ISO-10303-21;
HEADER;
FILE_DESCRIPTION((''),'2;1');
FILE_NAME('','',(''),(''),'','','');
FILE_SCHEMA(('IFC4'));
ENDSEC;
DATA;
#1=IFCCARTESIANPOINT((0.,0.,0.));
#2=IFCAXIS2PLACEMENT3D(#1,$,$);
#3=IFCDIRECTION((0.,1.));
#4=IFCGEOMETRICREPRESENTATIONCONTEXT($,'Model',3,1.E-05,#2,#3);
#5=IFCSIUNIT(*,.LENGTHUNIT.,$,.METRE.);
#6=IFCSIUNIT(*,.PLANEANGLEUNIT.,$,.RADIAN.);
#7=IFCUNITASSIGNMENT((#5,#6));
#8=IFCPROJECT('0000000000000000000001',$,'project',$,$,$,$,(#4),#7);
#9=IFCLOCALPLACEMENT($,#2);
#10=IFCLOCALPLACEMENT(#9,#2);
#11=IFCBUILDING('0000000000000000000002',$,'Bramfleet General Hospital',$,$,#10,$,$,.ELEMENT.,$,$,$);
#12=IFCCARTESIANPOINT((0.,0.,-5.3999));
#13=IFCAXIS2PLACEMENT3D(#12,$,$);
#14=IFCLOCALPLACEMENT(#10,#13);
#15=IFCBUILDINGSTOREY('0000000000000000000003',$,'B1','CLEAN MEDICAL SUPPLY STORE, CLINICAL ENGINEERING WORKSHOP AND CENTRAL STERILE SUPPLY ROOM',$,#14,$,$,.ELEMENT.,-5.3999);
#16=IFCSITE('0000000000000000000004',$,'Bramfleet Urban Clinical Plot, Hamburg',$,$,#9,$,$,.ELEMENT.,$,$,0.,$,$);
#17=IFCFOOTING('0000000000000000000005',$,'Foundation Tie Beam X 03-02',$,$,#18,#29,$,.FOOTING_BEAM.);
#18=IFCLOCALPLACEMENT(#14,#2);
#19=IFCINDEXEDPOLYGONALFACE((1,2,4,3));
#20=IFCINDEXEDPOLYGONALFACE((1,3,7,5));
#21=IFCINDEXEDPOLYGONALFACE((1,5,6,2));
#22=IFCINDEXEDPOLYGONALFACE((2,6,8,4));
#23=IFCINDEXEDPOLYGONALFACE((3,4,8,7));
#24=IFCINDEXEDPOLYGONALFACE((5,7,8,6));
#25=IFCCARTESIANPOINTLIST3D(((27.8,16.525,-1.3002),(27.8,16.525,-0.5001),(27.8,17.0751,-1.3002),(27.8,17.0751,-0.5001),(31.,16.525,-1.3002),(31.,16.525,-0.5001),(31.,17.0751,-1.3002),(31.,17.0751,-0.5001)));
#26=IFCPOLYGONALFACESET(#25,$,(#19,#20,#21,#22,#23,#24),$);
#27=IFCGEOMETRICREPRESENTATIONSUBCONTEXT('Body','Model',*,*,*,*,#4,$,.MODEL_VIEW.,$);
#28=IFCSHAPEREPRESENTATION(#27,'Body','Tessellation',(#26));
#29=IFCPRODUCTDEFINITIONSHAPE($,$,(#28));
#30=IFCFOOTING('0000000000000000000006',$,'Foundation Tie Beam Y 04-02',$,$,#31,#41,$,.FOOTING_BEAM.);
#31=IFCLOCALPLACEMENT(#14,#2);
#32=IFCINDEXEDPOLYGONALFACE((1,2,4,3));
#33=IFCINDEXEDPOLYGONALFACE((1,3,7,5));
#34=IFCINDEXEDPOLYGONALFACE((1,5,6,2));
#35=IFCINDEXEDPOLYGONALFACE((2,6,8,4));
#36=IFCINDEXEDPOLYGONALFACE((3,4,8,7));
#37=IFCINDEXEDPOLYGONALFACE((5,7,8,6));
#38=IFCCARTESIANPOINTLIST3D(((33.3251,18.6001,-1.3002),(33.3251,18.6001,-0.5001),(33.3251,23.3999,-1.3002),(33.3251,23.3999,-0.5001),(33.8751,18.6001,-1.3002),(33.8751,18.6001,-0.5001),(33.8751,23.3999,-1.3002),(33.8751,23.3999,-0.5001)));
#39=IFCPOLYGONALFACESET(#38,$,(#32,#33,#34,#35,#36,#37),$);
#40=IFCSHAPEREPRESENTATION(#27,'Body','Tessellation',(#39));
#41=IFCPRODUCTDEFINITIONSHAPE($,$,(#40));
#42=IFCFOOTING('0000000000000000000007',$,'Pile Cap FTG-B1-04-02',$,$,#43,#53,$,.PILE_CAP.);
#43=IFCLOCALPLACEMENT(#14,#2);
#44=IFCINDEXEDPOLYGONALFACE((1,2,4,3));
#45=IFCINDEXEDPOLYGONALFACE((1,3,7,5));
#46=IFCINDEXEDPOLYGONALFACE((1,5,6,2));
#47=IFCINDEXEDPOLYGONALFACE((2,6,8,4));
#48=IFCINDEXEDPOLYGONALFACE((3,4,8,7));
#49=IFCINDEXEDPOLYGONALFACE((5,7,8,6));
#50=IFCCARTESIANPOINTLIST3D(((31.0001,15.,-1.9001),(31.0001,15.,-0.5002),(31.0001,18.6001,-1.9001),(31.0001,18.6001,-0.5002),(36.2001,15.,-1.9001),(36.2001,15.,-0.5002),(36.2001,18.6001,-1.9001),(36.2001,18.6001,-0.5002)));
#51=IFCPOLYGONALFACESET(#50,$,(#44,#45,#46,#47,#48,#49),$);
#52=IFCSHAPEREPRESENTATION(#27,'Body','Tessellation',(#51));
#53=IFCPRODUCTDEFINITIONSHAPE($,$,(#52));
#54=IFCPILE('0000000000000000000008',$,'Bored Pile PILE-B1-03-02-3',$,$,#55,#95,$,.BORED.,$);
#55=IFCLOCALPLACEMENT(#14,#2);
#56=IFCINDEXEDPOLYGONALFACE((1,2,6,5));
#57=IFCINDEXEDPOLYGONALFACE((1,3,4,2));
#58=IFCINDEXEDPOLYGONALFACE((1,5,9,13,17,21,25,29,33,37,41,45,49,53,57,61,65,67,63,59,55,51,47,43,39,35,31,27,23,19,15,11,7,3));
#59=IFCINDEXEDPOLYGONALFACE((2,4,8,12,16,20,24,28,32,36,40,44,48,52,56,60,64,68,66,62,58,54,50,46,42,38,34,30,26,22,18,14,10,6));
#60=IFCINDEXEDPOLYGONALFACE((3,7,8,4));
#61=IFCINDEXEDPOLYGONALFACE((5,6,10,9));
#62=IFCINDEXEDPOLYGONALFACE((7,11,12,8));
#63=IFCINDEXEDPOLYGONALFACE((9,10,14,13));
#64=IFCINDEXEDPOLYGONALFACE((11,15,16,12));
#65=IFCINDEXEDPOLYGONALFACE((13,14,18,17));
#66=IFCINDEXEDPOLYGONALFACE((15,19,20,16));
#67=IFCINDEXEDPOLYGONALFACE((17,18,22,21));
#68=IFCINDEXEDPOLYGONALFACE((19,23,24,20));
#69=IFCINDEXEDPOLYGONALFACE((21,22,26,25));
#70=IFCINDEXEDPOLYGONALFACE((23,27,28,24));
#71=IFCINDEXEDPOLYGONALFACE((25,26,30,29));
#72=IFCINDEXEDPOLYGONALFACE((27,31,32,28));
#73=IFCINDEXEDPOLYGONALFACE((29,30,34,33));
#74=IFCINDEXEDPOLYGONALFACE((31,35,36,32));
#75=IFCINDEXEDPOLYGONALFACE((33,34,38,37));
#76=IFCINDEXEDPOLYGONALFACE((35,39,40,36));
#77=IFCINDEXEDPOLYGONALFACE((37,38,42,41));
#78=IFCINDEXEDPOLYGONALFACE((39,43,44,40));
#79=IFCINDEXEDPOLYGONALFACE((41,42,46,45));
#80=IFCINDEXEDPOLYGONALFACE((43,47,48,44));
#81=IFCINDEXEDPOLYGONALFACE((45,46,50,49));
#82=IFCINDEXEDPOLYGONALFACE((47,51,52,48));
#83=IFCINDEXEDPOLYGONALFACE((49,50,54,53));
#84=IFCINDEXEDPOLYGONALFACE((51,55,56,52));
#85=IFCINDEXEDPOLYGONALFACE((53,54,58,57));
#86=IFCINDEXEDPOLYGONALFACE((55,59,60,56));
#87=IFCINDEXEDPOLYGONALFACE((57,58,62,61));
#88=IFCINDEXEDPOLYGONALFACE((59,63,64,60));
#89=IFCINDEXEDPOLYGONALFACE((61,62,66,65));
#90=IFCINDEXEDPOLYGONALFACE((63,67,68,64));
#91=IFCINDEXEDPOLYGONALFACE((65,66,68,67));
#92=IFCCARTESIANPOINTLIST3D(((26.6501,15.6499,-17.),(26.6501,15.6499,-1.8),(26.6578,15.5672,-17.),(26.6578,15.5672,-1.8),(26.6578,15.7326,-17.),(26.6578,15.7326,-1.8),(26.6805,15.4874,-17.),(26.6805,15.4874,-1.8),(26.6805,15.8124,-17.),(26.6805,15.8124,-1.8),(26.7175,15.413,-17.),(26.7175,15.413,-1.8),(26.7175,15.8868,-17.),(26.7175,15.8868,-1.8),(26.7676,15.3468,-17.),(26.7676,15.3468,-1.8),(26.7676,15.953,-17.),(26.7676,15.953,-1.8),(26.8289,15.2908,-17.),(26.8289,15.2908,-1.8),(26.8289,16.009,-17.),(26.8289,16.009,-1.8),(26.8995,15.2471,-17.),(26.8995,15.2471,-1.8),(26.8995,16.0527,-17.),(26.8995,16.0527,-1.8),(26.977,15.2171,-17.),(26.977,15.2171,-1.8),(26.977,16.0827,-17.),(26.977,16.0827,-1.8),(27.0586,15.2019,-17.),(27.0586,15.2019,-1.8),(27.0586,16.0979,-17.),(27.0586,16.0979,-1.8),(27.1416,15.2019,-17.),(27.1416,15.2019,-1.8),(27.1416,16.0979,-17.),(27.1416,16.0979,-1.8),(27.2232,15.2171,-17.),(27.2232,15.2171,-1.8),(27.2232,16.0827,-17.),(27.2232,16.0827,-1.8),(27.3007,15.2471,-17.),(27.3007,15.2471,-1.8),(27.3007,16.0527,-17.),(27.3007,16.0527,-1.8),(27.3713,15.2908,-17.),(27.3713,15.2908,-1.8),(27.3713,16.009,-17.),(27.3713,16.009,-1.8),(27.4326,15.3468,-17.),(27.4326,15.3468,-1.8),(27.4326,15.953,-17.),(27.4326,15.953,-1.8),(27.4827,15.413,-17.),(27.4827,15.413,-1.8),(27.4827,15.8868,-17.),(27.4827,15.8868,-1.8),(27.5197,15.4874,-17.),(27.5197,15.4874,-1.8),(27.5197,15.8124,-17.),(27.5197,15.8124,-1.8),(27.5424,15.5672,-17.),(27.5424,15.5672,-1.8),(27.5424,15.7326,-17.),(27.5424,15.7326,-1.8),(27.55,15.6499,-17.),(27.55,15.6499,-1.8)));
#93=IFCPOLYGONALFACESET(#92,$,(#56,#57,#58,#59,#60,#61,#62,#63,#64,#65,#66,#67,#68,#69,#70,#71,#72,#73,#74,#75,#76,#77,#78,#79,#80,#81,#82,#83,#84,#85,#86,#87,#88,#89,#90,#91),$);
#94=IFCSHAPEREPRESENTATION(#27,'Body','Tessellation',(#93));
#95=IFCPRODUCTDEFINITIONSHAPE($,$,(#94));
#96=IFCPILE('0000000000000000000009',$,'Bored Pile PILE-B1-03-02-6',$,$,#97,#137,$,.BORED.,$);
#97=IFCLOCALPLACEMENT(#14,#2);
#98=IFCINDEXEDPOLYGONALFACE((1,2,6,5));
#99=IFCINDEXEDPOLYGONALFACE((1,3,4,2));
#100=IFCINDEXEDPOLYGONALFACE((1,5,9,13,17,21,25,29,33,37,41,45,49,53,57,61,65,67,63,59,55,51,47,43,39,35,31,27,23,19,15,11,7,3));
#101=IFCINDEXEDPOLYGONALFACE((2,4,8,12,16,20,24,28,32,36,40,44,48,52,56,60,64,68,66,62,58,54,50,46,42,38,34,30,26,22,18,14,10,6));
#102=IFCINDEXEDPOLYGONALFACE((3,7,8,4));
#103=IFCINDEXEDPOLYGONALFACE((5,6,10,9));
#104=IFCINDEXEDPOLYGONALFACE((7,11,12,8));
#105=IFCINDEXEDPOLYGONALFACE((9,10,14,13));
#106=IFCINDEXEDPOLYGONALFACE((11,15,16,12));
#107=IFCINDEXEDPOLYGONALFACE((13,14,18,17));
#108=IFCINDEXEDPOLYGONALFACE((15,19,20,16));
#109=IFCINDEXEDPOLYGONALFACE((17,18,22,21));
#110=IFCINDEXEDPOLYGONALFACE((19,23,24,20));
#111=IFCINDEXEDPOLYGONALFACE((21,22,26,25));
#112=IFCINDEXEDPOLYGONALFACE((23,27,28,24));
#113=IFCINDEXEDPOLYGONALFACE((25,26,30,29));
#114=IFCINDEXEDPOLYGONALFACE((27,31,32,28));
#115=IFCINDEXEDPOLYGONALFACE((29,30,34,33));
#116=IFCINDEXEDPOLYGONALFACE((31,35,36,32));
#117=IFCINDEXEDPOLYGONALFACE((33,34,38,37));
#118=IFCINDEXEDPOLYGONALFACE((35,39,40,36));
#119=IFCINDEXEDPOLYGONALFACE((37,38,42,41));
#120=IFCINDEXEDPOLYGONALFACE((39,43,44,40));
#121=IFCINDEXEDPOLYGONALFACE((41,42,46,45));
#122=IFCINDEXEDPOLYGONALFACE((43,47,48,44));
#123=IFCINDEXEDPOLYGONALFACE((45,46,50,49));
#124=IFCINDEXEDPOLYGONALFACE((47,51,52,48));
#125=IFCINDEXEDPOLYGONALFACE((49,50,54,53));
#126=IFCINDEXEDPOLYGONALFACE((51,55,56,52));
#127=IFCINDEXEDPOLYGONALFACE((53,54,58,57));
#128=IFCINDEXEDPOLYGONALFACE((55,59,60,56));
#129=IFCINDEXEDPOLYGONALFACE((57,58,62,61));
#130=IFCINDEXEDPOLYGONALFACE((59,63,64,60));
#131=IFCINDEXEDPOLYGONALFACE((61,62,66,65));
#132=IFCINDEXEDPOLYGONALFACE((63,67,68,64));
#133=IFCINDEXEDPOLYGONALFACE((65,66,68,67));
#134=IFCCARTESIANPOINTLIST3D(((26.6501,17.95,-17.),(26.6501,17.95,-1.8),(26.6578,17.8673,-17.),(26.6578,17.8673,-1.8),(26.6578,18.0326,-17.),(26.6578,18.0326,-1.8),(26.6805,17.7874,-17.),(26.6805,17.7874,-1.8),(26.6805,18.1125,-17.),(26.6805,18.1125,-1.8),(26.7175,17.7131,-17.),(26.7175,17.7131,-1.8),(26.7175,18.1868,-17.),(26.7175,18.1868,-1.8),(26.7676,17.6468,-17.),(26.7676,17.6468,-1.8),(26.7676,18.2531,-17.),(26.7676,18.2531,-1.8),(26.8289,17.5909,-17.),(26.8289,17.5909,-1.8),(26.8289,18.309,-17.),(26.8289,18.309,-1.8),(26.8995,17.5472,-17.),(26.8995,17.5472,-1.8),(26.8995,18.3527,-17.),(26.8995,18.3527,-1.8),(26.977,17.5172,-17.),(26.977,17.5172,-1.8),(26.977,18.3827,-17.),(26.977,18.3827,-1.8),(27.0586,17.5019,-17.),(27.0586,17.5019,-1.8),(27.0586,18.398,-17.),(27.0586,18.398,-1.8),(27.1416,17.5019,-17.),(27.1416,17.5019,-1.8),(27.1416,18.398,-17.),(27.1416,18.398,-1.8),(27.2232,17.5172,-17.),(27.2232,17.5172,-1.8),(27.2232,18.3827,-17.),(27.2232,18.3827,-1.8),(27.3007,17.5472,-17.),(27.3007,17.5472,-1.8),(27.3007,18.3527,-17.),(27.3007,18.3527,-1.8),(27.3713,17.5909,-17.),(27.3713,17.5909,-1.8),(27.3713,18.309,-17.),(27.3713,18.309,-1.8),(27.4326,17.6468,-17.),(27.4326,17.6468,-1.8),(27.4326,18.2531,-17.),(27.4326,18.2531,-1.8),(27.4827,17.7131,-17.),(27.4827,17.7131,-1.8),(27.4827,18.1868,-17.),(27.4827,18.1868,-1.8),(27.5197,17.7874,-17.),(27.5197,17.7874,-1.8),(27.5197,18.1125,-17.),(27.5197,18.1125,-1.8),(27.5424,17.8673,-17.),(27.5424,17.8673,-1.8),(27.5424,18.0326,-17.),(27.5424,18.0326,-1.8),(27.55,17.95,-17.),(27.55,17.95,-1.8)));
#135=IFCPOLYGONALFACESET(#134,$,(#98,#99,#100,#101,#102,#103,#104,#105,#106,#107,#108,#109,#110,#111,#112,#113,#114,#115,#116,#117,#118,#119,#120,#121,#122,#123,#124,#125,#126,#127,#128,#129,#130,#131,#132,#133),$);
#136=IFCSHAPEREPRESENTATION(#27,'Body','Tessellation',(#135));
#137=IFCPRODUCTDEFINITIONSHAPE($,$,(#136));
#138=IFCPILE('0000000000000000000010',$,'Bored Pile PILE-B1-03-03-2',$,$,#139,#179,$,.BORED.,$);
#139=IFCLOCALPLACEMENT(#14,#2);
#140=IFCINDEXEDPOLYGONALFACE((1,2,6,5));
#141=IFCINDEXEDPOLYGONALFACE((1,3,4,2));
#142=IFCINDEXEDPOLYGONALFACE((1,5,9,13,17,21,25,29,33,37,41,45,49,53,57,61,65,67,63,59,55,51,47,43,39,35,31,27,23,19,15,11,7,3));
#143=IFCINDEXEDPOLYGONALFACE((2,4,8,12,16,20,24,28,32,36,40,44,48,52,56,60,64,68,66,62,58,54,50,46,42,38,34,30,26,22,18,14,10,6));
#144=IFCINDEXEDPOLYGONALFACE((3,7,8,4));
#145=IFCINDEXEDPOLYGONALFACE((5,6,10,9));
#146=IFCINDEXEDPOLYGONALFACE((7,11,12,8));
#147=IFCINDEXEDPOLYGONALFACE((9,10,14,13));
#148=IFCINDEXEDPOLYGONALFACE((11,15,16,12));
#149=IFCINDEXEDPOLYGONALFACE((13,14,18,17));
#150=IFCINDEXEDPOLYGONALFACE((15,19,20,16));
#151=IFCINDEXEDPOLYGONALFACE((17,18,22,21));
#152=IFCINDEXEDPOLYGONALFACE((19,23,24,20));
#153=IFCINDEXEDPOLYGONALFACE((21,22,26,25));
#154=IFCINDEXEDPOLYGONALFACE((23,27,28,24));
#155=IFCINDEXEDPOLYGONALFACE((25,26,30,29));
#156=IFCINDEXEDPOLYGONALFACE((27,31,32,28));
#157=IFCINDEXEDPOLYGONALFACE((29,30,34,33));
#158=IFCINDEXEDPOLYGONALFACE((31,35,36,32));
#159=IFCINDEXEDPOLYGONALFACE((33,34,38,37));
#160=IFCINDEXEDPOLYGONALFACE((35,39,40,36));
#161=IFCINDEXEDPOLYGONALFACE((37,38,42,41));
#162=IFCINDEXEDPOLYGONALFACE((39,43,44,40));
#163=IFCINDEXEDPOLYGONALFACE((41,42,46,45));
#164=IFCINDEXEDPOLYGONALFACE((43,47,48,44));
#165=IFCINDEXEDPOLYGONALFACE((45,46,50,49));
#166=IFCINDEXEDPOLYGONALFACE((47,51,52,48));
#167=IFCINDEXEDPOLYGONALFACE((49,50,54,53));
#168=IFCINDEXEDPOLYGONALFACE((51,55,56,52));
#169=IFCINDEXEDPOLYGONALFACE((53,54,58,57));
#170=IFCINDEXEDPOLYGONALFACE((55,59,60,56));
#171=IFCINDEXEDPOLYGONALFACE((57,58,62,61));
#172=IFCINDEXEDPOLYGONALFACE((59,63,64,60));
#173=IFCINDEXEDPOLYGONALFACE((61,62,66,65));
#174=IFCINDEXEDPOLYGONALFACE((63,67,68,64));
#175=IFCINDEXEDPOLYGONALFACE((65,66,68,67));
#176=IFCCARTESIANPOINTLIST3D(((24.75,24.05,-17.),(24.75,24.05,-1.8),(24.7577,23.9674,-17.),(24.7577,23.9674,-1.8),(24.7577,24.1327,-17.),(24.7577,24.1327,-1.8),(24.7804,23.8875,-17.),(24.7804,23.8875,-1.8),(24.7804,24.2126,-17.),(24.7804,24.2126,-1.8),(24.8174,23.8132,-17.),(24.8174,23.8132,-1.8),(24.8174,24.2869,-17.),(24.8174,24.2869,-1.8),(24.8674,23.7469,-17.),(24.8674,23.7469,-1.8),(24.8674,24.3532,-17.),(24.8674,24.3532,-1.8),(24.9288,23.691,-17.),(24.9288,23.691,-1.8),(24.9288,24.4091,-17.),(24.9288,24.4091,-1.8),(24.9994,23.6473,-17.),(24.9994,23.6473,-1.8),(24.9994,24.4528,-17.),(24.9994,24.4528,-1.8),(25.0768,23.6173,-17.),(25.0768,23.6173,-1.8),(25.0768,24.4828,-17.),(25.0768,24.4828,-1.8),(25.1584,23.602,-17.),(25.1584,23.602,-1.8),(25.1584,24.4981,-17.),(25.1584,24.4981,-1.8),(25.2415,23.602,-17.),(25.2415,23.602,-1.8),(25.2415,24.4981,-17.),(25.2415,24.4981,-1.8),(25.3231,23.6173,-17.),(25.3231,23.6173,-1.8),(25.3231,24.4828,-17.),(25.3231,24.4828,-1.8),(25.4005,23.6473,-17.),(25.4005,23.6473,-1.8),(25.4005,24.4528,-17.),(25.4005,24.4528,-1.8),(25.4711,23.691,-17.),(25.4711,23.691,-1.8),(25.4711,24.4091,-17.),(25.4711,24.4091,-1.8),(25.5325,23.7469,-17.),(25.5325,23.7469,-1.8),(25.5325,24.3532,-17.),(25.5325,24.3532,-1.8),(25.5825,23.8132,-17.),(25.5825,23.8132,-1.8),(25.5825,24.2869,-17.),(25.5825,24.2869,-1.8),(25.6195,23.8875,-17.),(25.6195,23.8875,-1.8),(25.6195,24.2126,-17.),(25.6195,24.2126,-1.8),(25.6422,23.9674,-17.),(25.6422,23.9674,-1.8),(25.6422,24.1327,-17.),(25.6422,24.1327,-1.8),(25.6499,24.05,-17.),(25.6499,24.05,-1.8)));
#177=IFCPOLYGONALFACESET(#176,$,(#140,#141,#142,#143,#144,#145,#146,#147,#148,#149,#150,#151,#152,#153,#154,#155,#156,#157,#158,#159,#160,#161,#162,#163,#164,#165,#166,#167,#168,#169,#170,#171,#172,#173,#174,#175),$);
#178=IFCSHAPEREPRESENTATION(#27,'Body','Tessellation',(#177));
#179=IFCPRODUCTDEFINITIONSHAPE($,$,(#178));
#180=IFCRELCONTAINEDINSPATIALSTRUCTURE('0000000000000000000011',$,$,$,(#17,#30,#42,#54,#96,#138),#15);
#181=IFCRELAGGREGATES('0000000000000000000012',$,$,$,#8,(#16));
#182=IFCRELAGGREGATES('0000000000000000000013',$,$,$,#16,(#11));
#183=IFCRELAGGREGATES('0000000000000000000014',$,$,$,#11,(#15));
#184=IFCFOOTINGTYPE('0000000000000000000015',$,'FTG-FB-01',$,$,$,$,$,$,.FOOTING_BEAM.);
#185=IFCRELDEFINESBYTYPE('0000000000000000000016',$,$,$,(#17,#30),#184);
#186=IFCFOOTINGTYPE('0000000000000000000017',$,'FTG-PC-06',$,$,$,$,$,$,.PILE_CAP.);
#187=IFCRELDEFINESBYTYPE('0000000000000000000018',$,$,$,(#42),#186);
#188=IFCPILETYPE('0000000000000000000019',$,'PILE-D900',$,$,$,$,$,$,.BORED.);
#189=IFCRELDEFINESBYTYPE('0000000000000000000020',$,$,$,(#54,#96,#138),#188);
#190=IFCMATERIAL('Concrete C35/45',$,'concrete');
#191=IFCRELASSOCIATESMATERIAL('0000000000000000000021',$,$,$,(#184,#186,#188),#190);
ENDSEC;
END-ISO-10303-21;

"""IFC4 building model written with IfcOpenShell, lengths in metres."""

from ifc_helpers import new_model, si_unit, direction, frame, origin, origin_2d, place, context, subcontext, project, spatial, rectangle, circle, extrude, material, material_profile, profile_set, type_object, element, save


model = new_model("IFC4")

# Units and contexts
model_context = context("Model", 3, precision=1e-05, world=origin(), true_north=direction((0.0, 1.0)))
body_context = subcontext(model_context, "Body", "Model", "MODEL_VIEW")
ifc_project = project(units=[si_unit("LENGTHUNIT", "METRE"), si_unit("PLANEANGLEUNIT", "RADIAN")], contexts=[model_context])

# Site, building, storey
site_placement = place(None, origin())
site = spatial("IfcSite", under=ifc_project, at=site_placement, Name="Bramfleet Urban Clinical Plot, Hamburg", CompositionType="ELEMENT", RefElevation=0.0)
building_placement = place(site_placement, origin())
building = spatial("IfcBuilding", under=site, at=building_placement, Name="Bramfleet General Hospital", CompositionType="ELEMENT")
storey_placement = place(building_placement, frame((0.0, 0.0, -5.3999)))
storey = spatial("IfcBuildingStorey", under=building, at=storey_placement, Name="B1", Description="CLEAN MEDICAL SUPPLY STORE, CLINICAL ENGINEERING WORKSHOP AND CENTRAL STERILE SUPPLY ROOM", CompositionType="ELEMENT", Elevation=-5.3999)

# Footings
ifc_material_1 = material(Name="Concrete C35/45", Category="concrete")
ifc_material_profile_1 = material_profile(ifc_material_1, rectangle(XDim=0.55, YDim=0.8, at=origin_2d()), Name="RC FB 800x550")
ifc_profile_set_1 = profile_set([ifc_material_profile_1], Name="Concrete C35/45")
footing_type_1 = type_object("IfcFootingType", Name="FTG-FB-01", PredefinedType="FOOTING_BEAM", material=ifc_profile_set_1)
footing_1_placement = place(storey_placement, frame((27.8, 16.8, -0.9001), z_axis=(1.0, 0.0, 0.0), x_axis=(0.0, 1.0, 0.0)))
element("IfcFooting", 1, at=footing_1_placement, inside=storey, type_object=footing_type_1, Name="Foundation Tie Beam X 03-02", PredefinedType="FOOTING_BEAM", context=body_context, shape_type="SweptSolid", body=[
    extrude(rectangle(XDim=0.55, YDim=0.8, at=origin_2d()), origin(), (0.0, 0.0, 1.0), 3.2),
])
footing_2_placement = place(storey_placement, frame((33.6001, 18.6001, -0.9001), z_axis=(0.0, 1.0, 0.0), x_axis=(-1.0, 0.0, 0.0)))
element("IfcFooting", 2, at=footing_2_placement, inside=storey, type_object=footing_type_1, Name="Foundation Tie Beam Y 04-02", PredefinedType="FOOTING_BEAM", context=body_context, shape_type="SweptSolid", body=[
    extrude(rectangle(XDim=0.55, YDim=0.8, at=origin_2d()), origin(), (0.0, 0.0, 1.0), 4.7998),
])
footing_type_2 = type_object("IfcFootingType", Name="FTG-PC-06", PredefinedType="PILE_CAP", material=ifc_material_1)
footing_3_placement = place(storey_placement, frame((33.6001, 16.8, -1.9001), z_axis=(0.0, 0.0, 1.0), x_axis=(1.0, 0.0, 0.0)))
element("IfcFooting", 3, at=footing_3_placement, inside=storey, type_object=footing_type_2, Name="Pile Cap FTG-B1-04-02", PredefinedType="PILE_CAP", context=body_context, shape_type="SweptSolid", body=[
    extrude(rectangle(XDim=5.2, YDim=3.6001, at=origin_2d()), origin(), (0.0, 0.0, 1.0), 1.3999),
])

# Piles
ifc_material_profile_2 = material_profile(ifc_material_1, circle(Radius=0.45, at=origin_2d()), Name="PILE BORED D900")
ifc_profile_set_2 = profile_set([ifc_material_profile_2], Name="Concrete C35/45")
pile_type = type_object("IfcPileType", Name="PILE-D900", PredefinedType="BORED", material=ifc_profile_set_2)
for number, where, z_axis, x_axis, name in (
    (4, (27.1001, 15.6499, -1.8), (0.0, 0.0, -1.0), (1.0, 0.0, 0.0), "Bored Pile PILE-B1-03-02-3"),
    (5, (27.1001, 17.95, -1.8), (0.0, 0.0, -1.0), (1.0, 0.0, 0.0), "Bored Pile PILE-B1-03-02-6"),
    (6, (25.2, 24.05, -1.8), (0.0, 0.0, -1.0), (1.0, 0.0, 0.0), "Bored Pile PILE-B1-03-03-2"),
):
    element("IfcPile", number, at=place(storey_placement, frame(where, z_axis=z_axis, x_axis=x_axis)), inside=storey, type_object=pile_type, Name=name, PredefinedType="BORED", context=body_context, shape_type="SweptSolid", body=[
        extrude(circle(Radius=0.45, at=origin_2d()), origin(), (0.0, 0.0, 1.0), 15.2),
    ])

save(model, "model.ifc")
